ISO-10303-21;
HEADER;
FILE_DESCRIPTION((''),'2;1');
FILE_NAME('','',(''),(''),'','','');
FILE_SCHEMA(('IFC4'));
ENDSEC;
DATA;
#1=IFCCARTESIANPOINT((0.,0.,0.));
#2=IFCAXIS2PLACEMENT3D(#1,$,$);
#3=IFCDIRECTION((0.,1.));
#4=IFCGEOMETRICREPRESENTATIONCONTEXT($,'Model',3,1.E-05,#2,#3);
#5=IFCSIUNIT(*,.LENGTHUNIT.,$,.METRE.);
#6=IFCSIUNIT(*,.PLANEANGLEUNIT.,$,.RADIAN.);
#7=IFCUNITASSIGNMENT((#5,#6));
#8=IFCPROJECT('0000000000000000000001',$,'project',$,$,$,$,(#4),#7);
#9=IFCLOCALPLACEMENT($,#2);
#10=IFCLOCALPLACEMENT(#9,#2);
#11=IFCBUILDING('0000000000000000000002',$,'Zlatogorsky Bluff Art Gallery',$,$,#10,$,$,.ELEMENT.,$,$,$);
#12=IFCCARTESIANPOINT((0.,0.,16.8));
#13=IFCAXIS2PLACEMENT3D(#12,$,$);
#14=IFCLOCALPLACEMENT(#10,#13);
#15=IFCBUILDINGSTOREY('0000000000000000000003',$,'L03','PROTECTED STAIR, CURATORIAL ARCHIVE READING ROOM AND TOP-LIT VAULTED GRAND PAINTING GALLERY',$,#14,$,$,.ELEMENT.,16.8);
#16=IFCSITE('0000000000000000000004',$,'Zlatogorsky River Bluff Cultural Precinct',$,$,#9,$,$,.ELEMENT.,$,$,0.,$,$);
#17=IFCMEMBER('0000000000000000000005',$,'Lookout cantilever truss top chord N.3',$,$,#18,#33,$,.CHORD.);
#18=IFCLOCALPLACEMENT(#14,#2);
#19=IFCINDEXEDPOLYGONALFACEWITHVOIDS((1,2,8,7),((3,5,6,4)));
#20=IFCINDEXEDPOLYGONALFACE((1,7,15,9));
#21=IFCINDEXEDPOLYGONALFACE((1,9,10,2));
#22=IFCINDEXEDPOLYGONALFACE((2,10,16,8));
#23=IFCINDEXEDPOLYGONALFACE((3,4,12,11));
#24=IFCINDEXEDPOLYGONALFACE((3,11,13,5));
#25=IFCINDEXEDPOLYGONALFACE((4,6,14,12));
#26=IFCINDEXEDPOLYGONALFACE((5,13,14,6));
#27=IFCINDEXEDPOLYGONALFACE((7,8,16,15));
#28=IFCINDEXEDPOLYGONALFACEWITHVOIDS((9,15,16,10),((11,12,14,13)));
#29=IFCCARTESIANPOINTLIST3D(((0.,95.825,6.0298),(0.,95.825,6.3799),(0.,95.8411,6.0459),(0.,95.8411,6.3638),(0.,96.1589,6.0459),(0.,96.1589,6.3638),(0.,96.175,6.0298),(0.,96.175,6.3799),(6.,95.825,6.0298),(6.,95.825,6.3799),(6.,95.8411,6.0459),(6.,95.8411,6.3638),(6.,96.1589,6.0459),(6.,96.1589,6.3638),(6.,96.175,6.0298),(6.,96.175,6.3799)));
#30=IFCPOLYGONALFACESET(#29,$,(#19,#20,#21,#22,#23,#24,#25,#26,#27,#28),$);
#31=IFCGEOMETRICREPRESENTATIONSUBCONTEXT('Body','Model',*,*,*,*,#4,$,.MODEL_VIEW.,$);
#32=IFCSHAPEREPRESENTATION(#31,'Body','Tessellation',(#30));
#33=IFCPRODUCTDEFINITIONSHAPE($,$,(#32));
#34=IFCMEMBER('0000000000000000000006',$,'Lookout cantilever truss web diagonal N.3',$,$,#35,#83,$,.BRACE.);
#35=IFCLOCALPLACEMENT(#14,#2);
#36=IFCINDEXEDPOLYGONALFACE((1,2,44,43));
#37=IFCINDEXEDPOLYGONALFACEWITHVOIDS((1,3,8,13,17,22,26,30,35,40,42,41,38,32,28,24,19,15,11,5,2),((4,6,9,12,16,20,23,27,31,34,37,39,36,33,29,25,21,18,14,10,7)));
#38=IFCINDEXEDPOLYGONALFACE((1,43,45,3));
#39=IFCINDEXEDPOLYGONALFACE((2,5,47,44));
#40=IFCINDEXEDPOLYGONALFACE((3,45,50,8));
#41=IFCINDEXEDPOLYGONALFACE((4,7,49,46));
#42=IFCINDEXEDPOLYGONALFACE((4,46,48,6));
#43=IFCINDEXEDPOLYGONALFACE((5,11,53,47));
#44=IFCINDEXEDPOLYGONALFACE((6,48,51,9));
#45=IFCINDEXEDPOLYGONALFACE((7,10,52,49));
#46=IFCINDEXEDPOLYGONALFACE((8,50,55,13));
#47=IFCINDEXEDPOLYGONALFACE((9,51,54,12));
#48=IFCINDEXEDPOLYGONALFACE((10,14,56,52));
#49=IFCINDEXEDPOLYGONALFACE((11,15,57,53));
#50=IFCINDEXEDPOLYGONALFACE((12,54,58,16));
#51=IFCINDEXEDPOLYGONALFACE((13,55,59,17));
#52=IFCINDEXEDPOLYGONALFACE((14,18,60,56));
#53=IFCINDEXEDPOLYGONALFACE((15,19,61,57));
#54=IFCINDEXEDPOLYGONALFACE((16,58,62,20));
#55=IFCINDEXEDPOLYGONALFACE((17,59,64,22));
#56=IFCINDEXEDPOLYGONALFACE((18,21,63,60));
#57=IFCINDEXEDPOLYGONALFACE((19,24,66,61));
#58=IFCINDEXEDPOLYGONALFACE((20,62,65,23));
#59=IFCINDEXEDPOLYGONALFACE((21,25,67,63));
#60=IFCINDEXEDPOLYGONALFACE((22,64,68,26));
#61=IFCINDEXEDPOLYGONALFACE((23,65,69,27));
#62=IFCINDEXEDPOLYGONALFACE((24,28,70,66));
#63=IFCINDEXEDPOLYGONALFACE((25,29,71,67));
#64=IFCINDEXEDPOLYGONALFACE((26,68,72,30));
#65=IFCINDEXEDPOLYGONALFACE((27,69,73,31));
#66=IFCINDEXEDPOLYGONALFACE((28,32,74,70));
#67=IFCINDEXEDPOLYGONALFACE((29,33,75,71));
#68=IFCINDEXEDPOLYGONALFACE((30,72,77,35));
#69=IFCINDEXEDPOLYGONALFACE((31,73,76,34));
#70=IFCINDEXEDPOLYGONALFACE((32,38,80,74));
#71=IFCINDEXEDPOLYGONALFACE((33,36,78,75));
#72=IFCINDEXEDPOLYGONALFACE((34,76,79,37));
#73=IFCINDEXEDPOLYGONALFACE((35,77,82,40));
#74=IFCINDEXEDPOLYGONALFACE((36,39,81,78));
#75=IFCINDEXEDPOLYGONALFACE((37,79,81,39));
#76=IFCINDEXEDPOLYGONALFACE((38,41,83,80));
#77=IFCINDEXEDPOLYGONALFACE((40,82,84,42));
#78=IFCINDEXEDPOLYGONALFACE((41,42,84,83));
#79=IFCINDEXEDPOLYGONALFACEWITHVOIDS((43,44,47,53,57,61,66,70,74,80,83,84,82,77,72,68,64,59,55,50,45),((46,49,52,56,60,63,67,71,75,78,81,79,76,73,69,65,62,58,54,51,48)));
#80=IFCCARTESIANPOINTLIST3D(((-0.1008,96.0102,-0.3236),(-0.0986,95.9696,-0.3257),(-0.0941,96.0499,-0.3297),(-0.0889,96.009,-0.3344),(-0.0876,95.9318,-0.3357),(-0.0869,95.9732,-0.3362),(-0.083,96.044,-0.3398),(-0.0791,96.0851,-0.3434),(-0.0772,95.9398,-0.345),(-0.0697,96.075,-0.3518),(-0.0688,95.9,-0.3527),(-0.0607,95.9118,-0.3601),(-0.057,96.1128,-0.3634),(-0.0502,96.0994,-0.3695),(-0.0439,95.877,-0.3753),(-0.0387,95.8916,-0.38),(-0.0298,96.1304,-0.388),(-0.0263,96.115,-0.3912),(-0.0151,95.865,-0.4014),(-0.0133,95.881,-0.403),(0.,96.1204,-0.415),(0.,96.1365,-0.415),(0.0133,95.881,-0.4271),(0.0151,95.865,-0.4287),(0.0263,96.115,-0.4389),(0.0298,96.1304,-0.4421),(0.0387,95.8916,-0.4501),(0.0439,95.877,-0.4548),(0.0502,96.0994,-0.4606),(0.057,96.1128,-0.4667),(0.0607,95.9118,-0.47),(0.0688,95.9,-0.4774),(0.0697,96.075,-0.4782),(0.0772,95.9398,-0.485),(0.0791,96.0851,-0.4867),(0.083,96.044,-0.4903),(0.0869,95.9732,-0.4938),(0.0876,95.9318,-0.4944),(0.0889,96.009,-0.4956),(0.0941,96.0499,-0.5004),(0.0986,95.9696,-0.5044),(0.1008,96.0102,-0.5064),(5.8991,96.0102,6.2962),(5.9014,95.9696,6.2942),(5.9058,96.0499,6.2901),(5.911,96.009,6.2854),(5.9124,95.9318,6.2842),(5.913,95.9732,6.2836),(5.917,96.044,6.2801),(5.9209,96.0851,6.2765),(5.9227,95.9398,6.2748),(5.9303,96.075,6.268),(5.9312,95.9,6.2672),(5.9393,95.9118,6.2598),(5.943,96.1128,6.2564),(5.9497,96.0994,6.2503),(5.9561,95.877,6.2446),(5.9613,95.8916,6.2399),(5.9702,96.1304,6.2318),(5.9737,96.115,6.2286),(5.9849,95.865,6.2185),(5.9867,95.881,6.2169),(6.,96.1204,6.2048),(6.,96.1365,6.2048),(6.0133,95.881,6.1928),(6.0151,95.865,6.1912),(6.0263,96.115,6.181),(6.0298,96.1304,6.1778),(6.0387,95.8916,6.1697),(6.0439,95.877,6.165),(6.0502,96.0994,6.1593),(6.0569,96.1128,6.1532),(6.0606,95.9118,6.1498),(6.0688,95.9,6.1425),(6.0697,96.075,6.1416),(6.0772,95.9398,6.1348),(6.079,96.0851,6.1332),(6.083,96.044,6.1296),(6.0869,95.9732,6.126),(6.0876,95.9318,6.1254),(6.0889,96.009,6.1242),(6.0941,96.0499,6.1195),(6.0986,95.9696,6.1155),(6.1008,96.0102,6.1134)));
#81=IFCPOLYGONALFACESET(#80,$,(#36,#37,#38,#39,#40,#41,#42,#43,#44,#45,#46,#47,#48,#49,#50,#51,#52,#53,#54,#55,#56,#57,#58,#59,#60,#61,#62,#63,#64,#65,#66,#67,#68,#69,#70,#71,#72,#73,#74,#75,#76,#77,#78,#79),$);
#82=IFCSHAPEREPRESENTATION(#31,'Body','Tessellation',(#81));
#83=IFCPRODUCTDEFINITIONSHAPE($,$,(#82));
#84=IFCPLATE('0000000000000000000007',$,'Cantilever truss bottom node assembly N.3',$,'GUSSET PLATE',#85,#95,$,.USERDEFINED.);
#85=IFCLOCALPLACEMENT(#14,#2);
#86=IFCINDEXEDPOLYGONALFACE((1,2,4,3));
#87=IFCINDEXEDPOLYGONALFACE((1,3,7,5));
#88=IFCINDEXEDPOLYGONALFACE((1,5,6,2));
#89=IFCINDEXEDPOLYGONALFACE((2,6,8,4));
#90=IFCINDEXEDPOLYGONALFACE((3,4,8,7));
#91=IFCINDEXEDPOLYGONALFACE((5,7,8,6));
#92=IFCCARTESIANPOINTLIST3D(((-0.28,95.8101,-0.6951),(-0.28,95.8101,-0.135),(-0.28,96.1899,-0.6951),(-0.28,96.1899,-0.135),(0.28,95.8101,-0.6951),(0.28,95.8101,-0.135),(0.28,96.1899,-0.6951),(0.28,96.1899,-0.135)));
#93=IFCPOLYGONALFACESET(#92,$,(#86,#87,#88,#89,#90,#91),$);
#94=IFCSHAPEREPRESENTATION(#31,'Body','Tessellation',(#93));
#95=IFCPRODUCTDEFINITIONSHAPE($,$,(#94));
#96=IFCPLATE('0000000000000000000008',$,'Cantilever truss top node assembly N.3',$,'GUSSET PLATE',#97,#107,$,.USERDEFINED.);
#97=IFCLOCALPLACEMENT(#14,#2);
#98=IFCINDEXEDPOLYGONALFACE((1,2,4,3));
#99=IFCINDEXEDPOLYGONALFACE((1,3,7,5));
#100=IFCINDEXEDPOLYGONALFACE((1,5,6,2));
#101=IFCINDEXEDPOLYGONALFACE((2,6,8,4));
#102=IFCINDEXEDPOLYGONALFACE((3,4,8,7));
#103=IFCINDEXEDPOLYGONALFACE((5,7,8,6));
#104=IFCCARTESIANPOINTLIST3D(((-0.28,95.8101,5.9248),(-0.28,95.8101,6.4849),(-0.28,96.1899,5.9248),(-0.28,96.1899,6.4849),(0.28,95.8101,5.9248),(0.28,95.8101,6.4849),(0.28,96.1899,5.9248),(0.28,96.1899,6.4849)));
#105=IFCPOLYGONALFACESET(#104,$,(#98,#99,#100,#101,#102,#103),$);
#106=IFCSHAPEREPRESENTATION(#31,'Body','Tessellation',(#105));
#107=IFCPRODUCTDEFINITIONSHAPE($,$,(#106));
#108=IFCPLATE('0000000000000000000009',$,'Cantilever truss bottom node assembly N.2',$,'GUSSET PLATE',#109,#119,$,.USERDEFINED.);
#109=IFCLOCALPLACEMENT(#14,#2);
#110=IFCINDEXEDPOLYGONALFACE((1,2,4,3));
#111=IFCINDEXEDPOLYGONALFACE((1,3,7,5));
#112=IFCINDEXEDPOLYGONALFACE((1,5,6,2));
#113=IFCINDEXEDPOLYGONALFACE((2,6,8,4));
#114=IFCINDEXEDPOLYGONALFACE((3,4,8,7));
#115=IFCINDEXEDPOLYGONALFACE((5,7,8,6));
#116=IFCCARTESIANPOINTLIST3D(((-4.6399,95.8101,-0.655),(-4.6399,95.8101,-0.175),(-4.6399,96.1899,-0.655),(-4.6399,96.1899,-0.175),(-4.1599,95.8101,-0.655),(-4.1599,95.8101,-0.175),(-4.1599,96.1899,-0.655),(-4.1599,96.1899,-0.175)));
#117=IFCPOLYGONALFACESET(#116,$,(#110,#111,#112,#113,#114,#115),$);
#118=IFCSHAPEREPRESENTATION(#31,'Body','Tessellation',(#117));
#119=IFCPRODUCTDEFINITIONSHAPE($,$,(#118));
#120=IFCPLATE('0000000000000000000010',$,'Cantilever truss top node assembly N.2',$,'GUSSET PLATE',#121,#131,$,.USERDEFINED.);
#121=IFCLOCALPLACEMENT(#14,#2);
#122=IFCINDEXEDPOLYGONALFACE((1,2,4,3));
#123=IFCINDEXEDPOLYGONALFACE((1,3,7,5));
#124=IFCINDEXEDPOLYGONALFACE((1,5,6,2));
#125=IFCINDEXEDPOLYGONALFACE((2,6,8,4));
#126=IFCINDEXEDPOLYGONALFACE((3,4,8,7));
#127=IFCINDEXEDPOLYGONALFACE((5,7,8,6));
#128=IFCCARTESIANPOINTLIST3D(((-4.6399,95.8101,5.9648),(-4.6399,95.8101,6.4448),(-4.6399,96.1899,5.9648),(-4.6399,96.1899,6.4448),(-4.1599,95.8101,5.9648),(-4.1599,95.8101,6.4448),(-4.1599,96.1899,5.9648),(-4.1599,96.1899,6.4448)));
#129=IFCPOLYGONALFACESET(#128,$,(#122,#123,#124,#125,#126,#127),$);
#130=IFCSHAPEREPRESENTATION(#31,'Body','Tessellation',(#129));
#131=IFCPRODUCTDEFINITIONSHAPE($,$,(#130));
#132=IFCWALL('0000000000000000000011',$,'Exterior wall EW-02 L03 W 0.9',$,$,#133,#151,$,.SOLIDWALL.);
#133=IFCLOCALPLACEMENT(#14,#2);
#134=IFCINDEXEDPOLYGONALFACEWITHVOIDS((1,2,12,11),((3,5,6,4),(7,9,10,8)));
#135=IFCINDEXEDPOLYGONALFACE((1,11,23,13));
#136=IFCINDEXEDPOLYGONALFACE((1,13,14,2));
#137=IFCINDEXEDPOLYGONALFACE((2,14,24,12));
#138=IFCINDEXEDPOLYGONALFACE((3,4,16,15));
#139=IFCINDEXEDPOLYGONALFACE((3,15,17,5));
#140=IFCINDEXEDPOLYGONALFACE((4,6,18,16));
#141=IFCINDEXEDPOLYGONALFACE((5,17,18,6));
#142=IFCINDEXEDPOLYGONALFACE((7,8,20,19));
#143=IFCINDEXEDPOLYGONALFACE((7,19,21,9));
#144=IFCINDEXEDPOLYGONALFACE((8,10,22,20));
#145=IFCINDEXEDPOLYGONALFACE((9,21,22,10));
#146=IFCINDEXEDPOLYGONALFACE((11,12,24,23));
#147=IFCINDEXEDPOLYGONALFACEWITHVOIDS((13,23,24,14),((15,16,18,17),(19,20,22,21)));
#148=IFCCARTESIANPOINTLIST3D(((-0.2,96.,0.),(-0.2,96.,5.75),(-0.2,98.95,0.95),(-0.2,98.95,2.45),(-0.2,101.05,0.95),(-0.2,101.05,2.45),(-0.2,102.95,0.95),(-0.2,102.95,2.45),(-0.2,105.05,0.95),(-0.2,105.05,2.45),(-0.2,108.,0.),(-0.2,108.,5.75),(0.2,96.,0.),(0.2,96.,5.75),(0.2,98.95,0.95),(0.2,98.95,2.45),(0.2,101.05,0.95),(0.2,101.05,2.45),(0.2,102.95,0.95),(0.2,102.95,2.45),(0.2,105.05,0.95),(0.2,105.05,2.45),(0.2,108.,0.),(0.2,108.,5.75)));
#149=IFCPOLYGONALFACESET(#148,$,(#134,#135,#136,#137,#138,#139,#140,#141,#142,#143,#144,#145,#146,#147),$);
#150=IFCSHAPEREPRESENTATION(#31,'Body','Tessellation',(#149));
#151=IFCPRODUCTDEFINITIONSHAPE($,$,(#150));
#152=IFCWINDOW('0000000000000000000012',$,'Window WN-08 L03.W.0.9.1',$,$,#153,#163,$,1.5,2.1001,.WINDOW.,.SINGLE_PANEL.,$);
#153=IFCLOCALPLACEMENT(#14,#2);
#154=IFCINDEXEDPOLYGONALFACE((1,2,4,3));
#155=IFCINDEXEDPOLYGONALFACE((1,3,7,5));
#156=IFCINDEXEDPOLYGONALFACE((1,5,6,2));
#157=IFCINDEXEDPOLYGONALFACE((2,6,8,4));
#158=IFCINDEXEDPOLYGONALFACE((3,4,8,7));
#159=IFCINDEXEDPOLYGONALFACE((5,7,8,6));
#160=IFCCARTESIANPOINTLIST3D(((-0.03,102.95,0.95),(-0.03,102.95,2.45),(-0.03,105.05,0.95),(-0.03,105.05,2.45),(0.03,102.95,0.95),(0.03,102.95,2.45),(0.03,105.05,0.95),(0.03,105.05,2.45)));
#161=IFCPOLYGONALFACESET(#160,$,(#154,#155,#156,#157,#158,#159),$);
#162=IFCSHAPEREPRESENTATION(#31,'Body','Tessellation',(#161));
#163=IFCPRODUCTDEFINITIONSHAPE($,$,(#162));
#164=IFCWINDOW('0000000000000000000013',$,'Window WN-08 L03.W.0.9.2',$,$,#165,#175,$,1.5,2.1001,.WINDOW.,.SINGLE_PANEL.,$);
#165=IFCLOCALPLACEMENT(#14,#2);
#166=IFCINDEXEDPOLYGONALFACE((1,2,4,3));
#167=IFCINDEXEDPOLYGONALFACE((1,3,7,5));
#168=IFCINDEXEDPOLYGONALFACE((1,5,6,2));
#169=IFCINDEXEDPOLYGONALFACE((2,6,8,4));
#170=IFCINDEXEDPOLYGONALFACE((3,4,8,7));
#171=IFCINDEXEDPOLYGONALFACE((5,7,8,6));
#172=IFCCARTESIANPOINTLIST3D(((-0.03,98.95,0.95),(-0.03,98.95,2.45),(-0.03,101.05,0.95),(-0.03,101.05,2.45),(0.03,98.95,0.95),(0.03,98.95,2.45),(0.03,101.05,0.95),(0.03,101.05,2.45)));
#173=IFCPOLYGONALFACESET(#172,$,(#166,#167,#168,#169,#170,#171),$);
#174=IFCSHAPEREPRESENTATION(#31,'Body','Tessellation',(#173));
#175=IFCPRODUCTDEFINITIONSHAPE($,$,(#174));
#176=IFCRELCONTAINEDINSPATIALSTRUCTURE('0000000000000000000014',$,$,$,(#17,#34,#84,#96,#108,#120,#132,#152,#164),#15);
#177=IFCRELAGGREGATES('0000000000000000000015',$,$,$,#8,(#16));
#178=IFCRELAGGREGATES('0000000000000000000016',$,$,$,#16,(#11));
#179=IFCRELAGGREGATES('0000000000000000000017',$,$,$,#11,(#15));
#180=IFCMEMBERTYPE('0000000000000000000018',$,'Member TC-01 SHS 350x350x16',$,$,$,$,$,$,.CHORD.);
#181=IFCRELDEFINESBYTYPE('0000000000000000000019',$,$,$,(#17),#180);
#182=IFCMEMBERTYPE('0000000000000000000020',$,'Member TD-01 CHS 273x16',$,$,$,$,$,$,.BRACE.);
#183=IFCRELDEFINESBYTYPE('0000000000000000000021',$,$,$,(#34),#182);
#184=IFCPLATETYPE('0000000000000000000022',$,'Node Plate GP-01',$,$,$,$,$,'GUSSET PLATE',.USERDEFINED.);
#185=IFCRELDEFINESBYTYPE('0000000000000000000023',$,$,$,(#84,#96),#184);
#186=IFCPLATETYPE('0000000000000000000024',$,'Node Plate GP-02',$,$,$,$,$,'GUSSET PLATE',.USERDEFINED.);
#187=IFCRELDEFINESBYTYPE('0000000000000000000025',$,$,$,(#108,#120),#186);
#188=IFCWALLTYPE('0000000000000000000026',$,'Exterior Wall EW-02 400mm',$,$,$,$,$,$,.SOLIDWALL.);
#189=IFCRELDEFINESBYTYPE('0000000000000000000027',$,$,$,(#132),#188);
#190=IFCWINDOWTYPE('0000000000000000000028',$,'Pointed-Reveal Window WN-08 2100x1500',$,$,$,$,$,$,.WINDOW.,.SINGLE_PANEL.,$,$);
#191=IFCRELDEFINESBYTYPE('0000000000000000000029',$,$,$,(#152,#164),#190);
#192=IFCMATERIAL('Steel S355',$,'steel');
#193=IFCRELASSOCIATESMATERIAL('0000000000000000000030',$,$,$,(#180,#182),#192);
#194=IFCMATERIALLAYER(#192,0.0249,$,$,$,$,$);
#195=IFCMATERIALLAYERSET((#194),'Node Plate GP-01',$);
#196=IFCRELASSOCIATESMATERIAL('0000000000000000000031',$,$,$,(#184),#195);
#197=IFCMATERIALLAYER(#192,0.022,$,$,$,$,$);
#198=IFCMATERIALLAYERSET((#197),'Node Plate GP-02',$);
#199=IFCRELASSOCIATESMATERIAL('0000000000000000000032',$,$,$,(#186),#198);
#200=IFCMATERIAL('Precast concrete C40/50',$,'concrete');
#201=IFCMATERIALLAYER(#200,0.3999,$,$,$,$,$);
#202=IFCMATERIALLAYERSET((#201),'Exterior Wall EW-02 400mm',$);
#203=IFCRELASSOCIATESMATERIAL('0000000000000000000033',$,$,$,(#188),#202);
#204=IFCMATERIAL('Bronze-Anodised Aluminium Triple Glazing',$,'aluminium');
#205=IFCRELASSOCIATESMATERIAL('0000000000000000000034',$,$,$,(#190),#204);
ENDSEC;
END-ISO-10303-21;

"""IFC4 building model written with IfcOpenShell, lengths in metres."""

from ifc_helpers import new_model, si_unit, direction, frame, frame_2d, origin, origin_2d, place, context, subcontext, project, spatial, rectangle, hollow_rectangle, hollow_circle, extrude, material, layer, layer_set, material_profile, profile_set, type_object, element, fill, save


model = new_model("IFC4")

# Units and contexts
model_context = context("Model", 3, precision=1e-05, world=origin(), true_north=direction((0.0, 1.0)))
body_context = subcontext(model_context, "Body", "Model", "MODEL_VIEW")
ifc_project = project(units=[si_unit("LENGTHUNIT", "METRE"), si_unit("PLANEANGLEUNIT", "RADIAN")], contexts=[model_context])

# Site, building, storey
site_placement = place(None, origin())
site = spatial("IfcSite", under=ifc_project, at=site_placement, Name="Zlatogorsky River Bluff Cultural Precinct", CompositionType="ELEMENT", RefElevation=0.0)
building_placement = place(site_placement, origin())
building = spatial("IfcBuilding", under=site, at=building_placement, Name="Zlatogorsky Bluff Art Gallery", CompositionType="ELEMENT")
storey_placement = place(building_placement, frame((0.0, 0.0, 16.8)))
storey = spatial("IfcBuildingStorey", under=building, at=storey_placement, Name="L03", Description="PROTECTED STAIR, CURATORIAL ARCHIVE READING ROOM AND TOP-LIT VAULTED GRAND PAINTING GALLERY", CompositionType="ELEMENT", Elevation=16.8)

# Shared definitions
ifc_material_1 = material(Name="Steel S355", Category="steel")

# Members
ifc_material_profile_1 = material_profile(ifc_material_1, hollow_rectangle(XDim=0.3501, YDim=0.3501, WallThickness=0.0161, at=origin_2d()), Name="SHS 350x350x16")
ifc_profile_set_1 = profile_set([ifc_material_profile_1], Name="Steel S355")
member_type_1 = type_object("IfcMemberType", Name="Member TC-01 SHS 350x350x16", PredefinedType="CHORD", material=ifc_profile_set_1)
for number, where, z_axis, x_axis, name in (
    (1, (0.0, 96.0, 6.2048), (1.0, 0.0, 0.0), (0.0, 1.0, 0.0), "Lookout cantilever truss top chord N.3"),
):
    element("IfcMember", number, at=place(storey_placement, frame(where, z_axis=z_axis, x_axis=x_axis)), inside=storey, type_object=member_type_1, Name=name, PredefinedType="CHORD", context=body_context, shape_type="SweptSolid", body=[
        extrude(hollow_rectangle(XDim=0.3501, YDim=0.3501, WallThickness=0.0161, at=origin_2d()), origin(), (0.0, 0.0, 1.0), 6.0),
    ])
ifc_material_profile_2 = material_profile(ifc_material_1, hollow_circle(Radius=0.1365, WallThickness=0.0161, at=origin_2d()), Name="CHS 273x16")
ifc_profile_set_2 = profile_set([ifc_material_profile_2], Name="Steel S355")
member_type_2 = type_object("IfcMemberType", Name="Member TD-01 CHS 273x16", PredefinedType="BRACE", material=ifc_profile_set_2)
member_placement = place(storey_placement, frame((0.0, 96.0, -0.415), z_axis=(0.671565, 0.0, 0.740946), x_axis=(0.0, 1.0, 0.0)))
element("IfcMember", 2, at=member_placement, inside=storey, type_object=member_type_2, Name="Lookout cantilever truss web diagonal N.3", PredefinedType="BRACE", context=body_context, shape_type="SweptSolid", body=[
    extrude(hollow_circle(Radius=0.1365, WallThickness=0.0161, at=origin_2d()), origin(), (0.0, 0.0, 1.0), 8.9343),
])

# Plates
ifc_layer_1 = layer(ifc_material_1, 0.0249)
ifc_layer_set_1 = layer_set([ifc_layer_1], Name="Node Plate GP-01")
plate_type_1 = type_object("IfcPlateType", Name="Node Plate GP-01", ElementType="GUSSET PLATE", PredefinedType="USERDEFINED", material=ifc_layer_set_1)
for number, where, z_axis, x_axis, name in (
    (3, (0.0, 96.0, -0.6951), (0.0, 0.0, 1.0), (1.0, 0.0, 0.0), "Cantilever truss bottom node assembly N.3"),
    (4, (0.0, 96.0, 5.9248), (0.0, 0.0, 1.0), (1.0, 0.0, 0.0), "Cantilever truss top node assembly N.3"),
):
    element("IfcPlate", number, at=place(storey_placement, frame(where, z_axis=z_axis, x_axis=x_axis)), inside=storey, type_object=plate_type_1, Name=name, ObjectType="GUSSET PLATE", PredefinedType="USERDEFINED", context=body_context, shape_type="SweptSolid", body=[
        extrude(rectangle(XDim=0.5601, YDim=0.3799, at=origin_2d()), origin(), (0.0, 0.0, 1.0), 0.5601),
    ])
ifc_layer_2 = layer(ifc_material_1, 0.022)
ifc_layer_set_2 = layer_set([ifc_layer_2], Name="Node Plate GP-02")
plate_type_2 = type_object("IfcPlateType", Name="Node Plate GP-02", ElementType="GUSSET PLATE", PredefinedType="USERDEFINED", material=ifc_layer_set_2)
for number, where, z_axis, x_axis, name in (
    (5, (-4.3999, 96.0, -0.655), (0.0, 0.0, 1.0), (1.0, 0.0, 0.0), "Cantilever truss bottom node assembly N.2"),
    (6, (-4.3999, 96.0, 5.9648), (0.0, 0.0, 1.0), (1.0, 0.0, 0.0), "Cantilever truss top node assembly N.2"),
):
    element("IfcPlate", number, at=place(storey_placement, frame(where, z_axis=z_axis, x_axis=x_axis)), inside=storey, type_object=plate_type_2, Name=name, ObjectType="GUSSET PLATE", PredefinedType="USERDEFINED", context=body_context, shape_type="SweptSolid", body=[
        extrude(rectangle(XDim=0.48, YDim=0.3799, at=origin_2d()), origin(), (0.0, 0.0, 1.0), 0.48),
    ])

# Wall, openings, windows
ifc_material_2 = material(Name="Precast concrete C40/50", Category="concrete")
ifc_layer_3 = layer(ifc_material_2, 0.3999)
ifc_layer_set_3 = layer_set([ifc_layer_3], Name="Exterior Wall EW-02 400mm")
wall_type_1 = type_object("IfcWallType", Name="Exterior Wall EW-02 400mm", PredefinedType="SOLIDWALL", material=ifc_layer_set_3)
wall_1_placement = place(storey_placement, frame((0.0, 108.0, 0.0), z_axis=(0.0, 0.0, 1.0), x_axis=(0.0, -1.0, 0.0)))
wall_1 = element("IfcWall", 7, at=wall_1_placement, inside=storey, type_object=wall_type_1, Name="Exterior wall EW-02 L03 W 0.9", PredefinedType="SOLIDWALL", context=body_context, shape_type="SweptSolid", body=[
    extrude(rectangle(XDim=12.0, YDim=0.3999, at=frame_2d((6.0, 0.0))), origin(), (0.0, 0.0, 1.0), 5.75),
])
opening_1_placement = place(wall_1_placement, frame((2.95, 0.0, 0.95)))
opening_1 = element("IfcOpeningElement", 8, at=opening_1_placement, cuts=wall_1, PredefinedType="OPENING", context=body_context, shape_type="SweptSolid", body=[
    extrude(rectangle(XDim=2.1001, YDim=1.5, at=frame_2d((1.05, 0.75))), frame((0.0, 0.21, 0.0), z_axis=(0.0, -1.0, 0.0), x_axis=(1.0, 0.0, 0.0)), (0.0, 0.0, 1.0), 0.4199),
])
opening_2_placement = place(wall_1_placement, frame((6.95, 0.0, 0.95)))
opening_2 = element("IfcOpeningElement", 9, at=opening_2_placement, cuts=wall_1, PredefinedType="OPENING", context=body_context, shape_type="SweptSolid", body=[
    extrude(rectangle(XDim=2.1001, YDim=1.5, at=frame_2d((1.05, 0.75))), frame((0.0, 0.21, 0.0), z_axis=(0.0, -1.0, 0.0), x_axis=(1.0, 0.0, 0.0)), (0.0, 0.0, 1.0), 0.4199),
])
ifc_material_3 = material(Name="Bronze-Anodised Aluminium Triple Glazing", Category="aluminium")
window_type_1 = type_object("IfcWindowType", Name="Pointed-Reveal Window WN-08 2100x1500", PartitioningType="SINGLE_PANEL", PredefinedType="WINDOW", material=ifc_material_3)
window_1_placement = place(opening_1_placement, origin())
window_1 = element("IfcWindow", 10, at=window_1_placement, inside=storey, type_object=window_type_1, Name="Window WN-08 L03.W.0.9.1", OverallHeight=1.5, OverallWidth=2.1001, PartitioningType="SINGLE_PANEL", PredefinedType="WINDOW", context=body_context, shape_type="SweptSolid", body=[
    extrude(rectangle(XDim=2.1001, YDim=1.5, at=frame_2d((1.05, 0.75))), frame((0.0, 0.03, 0.0), z_axis=(0.0, -1.0, 0.0), x_axis=(1.0, 0.0, 0.0)), (0.0, 0.0, 1.0), 0.0601),
])
fill(opening_1, window_1)
window_2_placement = place(opening_2_placement, origin())
window_2 = element("IfcWindow", 11, at=window_2_placement, inside=storey, type_object=window_type_1, Name="Window WN-08 L03.W.0.9.2", OverallHeight=1.5, OverallWidth=2.1001, PartitioningType="SINGLE_PANEL", PredefinedType="WINDOW", context=body_context, shape_type="SweptSolid", body=[
    extrude(rectangle(XDim=2.1001, YDim=1.5, at=frame_2d((1.05, 0.75))), frame((0.0, 0.03, 0.0), z_axis=(0.0, -1.0, 0.0), x_axis=(1.0, 0.0, 0.0)), (0.0, 0.0, 1.0), 0.0601),
])
fill(opening_2, window_2)

save(model, "model.ifc")
